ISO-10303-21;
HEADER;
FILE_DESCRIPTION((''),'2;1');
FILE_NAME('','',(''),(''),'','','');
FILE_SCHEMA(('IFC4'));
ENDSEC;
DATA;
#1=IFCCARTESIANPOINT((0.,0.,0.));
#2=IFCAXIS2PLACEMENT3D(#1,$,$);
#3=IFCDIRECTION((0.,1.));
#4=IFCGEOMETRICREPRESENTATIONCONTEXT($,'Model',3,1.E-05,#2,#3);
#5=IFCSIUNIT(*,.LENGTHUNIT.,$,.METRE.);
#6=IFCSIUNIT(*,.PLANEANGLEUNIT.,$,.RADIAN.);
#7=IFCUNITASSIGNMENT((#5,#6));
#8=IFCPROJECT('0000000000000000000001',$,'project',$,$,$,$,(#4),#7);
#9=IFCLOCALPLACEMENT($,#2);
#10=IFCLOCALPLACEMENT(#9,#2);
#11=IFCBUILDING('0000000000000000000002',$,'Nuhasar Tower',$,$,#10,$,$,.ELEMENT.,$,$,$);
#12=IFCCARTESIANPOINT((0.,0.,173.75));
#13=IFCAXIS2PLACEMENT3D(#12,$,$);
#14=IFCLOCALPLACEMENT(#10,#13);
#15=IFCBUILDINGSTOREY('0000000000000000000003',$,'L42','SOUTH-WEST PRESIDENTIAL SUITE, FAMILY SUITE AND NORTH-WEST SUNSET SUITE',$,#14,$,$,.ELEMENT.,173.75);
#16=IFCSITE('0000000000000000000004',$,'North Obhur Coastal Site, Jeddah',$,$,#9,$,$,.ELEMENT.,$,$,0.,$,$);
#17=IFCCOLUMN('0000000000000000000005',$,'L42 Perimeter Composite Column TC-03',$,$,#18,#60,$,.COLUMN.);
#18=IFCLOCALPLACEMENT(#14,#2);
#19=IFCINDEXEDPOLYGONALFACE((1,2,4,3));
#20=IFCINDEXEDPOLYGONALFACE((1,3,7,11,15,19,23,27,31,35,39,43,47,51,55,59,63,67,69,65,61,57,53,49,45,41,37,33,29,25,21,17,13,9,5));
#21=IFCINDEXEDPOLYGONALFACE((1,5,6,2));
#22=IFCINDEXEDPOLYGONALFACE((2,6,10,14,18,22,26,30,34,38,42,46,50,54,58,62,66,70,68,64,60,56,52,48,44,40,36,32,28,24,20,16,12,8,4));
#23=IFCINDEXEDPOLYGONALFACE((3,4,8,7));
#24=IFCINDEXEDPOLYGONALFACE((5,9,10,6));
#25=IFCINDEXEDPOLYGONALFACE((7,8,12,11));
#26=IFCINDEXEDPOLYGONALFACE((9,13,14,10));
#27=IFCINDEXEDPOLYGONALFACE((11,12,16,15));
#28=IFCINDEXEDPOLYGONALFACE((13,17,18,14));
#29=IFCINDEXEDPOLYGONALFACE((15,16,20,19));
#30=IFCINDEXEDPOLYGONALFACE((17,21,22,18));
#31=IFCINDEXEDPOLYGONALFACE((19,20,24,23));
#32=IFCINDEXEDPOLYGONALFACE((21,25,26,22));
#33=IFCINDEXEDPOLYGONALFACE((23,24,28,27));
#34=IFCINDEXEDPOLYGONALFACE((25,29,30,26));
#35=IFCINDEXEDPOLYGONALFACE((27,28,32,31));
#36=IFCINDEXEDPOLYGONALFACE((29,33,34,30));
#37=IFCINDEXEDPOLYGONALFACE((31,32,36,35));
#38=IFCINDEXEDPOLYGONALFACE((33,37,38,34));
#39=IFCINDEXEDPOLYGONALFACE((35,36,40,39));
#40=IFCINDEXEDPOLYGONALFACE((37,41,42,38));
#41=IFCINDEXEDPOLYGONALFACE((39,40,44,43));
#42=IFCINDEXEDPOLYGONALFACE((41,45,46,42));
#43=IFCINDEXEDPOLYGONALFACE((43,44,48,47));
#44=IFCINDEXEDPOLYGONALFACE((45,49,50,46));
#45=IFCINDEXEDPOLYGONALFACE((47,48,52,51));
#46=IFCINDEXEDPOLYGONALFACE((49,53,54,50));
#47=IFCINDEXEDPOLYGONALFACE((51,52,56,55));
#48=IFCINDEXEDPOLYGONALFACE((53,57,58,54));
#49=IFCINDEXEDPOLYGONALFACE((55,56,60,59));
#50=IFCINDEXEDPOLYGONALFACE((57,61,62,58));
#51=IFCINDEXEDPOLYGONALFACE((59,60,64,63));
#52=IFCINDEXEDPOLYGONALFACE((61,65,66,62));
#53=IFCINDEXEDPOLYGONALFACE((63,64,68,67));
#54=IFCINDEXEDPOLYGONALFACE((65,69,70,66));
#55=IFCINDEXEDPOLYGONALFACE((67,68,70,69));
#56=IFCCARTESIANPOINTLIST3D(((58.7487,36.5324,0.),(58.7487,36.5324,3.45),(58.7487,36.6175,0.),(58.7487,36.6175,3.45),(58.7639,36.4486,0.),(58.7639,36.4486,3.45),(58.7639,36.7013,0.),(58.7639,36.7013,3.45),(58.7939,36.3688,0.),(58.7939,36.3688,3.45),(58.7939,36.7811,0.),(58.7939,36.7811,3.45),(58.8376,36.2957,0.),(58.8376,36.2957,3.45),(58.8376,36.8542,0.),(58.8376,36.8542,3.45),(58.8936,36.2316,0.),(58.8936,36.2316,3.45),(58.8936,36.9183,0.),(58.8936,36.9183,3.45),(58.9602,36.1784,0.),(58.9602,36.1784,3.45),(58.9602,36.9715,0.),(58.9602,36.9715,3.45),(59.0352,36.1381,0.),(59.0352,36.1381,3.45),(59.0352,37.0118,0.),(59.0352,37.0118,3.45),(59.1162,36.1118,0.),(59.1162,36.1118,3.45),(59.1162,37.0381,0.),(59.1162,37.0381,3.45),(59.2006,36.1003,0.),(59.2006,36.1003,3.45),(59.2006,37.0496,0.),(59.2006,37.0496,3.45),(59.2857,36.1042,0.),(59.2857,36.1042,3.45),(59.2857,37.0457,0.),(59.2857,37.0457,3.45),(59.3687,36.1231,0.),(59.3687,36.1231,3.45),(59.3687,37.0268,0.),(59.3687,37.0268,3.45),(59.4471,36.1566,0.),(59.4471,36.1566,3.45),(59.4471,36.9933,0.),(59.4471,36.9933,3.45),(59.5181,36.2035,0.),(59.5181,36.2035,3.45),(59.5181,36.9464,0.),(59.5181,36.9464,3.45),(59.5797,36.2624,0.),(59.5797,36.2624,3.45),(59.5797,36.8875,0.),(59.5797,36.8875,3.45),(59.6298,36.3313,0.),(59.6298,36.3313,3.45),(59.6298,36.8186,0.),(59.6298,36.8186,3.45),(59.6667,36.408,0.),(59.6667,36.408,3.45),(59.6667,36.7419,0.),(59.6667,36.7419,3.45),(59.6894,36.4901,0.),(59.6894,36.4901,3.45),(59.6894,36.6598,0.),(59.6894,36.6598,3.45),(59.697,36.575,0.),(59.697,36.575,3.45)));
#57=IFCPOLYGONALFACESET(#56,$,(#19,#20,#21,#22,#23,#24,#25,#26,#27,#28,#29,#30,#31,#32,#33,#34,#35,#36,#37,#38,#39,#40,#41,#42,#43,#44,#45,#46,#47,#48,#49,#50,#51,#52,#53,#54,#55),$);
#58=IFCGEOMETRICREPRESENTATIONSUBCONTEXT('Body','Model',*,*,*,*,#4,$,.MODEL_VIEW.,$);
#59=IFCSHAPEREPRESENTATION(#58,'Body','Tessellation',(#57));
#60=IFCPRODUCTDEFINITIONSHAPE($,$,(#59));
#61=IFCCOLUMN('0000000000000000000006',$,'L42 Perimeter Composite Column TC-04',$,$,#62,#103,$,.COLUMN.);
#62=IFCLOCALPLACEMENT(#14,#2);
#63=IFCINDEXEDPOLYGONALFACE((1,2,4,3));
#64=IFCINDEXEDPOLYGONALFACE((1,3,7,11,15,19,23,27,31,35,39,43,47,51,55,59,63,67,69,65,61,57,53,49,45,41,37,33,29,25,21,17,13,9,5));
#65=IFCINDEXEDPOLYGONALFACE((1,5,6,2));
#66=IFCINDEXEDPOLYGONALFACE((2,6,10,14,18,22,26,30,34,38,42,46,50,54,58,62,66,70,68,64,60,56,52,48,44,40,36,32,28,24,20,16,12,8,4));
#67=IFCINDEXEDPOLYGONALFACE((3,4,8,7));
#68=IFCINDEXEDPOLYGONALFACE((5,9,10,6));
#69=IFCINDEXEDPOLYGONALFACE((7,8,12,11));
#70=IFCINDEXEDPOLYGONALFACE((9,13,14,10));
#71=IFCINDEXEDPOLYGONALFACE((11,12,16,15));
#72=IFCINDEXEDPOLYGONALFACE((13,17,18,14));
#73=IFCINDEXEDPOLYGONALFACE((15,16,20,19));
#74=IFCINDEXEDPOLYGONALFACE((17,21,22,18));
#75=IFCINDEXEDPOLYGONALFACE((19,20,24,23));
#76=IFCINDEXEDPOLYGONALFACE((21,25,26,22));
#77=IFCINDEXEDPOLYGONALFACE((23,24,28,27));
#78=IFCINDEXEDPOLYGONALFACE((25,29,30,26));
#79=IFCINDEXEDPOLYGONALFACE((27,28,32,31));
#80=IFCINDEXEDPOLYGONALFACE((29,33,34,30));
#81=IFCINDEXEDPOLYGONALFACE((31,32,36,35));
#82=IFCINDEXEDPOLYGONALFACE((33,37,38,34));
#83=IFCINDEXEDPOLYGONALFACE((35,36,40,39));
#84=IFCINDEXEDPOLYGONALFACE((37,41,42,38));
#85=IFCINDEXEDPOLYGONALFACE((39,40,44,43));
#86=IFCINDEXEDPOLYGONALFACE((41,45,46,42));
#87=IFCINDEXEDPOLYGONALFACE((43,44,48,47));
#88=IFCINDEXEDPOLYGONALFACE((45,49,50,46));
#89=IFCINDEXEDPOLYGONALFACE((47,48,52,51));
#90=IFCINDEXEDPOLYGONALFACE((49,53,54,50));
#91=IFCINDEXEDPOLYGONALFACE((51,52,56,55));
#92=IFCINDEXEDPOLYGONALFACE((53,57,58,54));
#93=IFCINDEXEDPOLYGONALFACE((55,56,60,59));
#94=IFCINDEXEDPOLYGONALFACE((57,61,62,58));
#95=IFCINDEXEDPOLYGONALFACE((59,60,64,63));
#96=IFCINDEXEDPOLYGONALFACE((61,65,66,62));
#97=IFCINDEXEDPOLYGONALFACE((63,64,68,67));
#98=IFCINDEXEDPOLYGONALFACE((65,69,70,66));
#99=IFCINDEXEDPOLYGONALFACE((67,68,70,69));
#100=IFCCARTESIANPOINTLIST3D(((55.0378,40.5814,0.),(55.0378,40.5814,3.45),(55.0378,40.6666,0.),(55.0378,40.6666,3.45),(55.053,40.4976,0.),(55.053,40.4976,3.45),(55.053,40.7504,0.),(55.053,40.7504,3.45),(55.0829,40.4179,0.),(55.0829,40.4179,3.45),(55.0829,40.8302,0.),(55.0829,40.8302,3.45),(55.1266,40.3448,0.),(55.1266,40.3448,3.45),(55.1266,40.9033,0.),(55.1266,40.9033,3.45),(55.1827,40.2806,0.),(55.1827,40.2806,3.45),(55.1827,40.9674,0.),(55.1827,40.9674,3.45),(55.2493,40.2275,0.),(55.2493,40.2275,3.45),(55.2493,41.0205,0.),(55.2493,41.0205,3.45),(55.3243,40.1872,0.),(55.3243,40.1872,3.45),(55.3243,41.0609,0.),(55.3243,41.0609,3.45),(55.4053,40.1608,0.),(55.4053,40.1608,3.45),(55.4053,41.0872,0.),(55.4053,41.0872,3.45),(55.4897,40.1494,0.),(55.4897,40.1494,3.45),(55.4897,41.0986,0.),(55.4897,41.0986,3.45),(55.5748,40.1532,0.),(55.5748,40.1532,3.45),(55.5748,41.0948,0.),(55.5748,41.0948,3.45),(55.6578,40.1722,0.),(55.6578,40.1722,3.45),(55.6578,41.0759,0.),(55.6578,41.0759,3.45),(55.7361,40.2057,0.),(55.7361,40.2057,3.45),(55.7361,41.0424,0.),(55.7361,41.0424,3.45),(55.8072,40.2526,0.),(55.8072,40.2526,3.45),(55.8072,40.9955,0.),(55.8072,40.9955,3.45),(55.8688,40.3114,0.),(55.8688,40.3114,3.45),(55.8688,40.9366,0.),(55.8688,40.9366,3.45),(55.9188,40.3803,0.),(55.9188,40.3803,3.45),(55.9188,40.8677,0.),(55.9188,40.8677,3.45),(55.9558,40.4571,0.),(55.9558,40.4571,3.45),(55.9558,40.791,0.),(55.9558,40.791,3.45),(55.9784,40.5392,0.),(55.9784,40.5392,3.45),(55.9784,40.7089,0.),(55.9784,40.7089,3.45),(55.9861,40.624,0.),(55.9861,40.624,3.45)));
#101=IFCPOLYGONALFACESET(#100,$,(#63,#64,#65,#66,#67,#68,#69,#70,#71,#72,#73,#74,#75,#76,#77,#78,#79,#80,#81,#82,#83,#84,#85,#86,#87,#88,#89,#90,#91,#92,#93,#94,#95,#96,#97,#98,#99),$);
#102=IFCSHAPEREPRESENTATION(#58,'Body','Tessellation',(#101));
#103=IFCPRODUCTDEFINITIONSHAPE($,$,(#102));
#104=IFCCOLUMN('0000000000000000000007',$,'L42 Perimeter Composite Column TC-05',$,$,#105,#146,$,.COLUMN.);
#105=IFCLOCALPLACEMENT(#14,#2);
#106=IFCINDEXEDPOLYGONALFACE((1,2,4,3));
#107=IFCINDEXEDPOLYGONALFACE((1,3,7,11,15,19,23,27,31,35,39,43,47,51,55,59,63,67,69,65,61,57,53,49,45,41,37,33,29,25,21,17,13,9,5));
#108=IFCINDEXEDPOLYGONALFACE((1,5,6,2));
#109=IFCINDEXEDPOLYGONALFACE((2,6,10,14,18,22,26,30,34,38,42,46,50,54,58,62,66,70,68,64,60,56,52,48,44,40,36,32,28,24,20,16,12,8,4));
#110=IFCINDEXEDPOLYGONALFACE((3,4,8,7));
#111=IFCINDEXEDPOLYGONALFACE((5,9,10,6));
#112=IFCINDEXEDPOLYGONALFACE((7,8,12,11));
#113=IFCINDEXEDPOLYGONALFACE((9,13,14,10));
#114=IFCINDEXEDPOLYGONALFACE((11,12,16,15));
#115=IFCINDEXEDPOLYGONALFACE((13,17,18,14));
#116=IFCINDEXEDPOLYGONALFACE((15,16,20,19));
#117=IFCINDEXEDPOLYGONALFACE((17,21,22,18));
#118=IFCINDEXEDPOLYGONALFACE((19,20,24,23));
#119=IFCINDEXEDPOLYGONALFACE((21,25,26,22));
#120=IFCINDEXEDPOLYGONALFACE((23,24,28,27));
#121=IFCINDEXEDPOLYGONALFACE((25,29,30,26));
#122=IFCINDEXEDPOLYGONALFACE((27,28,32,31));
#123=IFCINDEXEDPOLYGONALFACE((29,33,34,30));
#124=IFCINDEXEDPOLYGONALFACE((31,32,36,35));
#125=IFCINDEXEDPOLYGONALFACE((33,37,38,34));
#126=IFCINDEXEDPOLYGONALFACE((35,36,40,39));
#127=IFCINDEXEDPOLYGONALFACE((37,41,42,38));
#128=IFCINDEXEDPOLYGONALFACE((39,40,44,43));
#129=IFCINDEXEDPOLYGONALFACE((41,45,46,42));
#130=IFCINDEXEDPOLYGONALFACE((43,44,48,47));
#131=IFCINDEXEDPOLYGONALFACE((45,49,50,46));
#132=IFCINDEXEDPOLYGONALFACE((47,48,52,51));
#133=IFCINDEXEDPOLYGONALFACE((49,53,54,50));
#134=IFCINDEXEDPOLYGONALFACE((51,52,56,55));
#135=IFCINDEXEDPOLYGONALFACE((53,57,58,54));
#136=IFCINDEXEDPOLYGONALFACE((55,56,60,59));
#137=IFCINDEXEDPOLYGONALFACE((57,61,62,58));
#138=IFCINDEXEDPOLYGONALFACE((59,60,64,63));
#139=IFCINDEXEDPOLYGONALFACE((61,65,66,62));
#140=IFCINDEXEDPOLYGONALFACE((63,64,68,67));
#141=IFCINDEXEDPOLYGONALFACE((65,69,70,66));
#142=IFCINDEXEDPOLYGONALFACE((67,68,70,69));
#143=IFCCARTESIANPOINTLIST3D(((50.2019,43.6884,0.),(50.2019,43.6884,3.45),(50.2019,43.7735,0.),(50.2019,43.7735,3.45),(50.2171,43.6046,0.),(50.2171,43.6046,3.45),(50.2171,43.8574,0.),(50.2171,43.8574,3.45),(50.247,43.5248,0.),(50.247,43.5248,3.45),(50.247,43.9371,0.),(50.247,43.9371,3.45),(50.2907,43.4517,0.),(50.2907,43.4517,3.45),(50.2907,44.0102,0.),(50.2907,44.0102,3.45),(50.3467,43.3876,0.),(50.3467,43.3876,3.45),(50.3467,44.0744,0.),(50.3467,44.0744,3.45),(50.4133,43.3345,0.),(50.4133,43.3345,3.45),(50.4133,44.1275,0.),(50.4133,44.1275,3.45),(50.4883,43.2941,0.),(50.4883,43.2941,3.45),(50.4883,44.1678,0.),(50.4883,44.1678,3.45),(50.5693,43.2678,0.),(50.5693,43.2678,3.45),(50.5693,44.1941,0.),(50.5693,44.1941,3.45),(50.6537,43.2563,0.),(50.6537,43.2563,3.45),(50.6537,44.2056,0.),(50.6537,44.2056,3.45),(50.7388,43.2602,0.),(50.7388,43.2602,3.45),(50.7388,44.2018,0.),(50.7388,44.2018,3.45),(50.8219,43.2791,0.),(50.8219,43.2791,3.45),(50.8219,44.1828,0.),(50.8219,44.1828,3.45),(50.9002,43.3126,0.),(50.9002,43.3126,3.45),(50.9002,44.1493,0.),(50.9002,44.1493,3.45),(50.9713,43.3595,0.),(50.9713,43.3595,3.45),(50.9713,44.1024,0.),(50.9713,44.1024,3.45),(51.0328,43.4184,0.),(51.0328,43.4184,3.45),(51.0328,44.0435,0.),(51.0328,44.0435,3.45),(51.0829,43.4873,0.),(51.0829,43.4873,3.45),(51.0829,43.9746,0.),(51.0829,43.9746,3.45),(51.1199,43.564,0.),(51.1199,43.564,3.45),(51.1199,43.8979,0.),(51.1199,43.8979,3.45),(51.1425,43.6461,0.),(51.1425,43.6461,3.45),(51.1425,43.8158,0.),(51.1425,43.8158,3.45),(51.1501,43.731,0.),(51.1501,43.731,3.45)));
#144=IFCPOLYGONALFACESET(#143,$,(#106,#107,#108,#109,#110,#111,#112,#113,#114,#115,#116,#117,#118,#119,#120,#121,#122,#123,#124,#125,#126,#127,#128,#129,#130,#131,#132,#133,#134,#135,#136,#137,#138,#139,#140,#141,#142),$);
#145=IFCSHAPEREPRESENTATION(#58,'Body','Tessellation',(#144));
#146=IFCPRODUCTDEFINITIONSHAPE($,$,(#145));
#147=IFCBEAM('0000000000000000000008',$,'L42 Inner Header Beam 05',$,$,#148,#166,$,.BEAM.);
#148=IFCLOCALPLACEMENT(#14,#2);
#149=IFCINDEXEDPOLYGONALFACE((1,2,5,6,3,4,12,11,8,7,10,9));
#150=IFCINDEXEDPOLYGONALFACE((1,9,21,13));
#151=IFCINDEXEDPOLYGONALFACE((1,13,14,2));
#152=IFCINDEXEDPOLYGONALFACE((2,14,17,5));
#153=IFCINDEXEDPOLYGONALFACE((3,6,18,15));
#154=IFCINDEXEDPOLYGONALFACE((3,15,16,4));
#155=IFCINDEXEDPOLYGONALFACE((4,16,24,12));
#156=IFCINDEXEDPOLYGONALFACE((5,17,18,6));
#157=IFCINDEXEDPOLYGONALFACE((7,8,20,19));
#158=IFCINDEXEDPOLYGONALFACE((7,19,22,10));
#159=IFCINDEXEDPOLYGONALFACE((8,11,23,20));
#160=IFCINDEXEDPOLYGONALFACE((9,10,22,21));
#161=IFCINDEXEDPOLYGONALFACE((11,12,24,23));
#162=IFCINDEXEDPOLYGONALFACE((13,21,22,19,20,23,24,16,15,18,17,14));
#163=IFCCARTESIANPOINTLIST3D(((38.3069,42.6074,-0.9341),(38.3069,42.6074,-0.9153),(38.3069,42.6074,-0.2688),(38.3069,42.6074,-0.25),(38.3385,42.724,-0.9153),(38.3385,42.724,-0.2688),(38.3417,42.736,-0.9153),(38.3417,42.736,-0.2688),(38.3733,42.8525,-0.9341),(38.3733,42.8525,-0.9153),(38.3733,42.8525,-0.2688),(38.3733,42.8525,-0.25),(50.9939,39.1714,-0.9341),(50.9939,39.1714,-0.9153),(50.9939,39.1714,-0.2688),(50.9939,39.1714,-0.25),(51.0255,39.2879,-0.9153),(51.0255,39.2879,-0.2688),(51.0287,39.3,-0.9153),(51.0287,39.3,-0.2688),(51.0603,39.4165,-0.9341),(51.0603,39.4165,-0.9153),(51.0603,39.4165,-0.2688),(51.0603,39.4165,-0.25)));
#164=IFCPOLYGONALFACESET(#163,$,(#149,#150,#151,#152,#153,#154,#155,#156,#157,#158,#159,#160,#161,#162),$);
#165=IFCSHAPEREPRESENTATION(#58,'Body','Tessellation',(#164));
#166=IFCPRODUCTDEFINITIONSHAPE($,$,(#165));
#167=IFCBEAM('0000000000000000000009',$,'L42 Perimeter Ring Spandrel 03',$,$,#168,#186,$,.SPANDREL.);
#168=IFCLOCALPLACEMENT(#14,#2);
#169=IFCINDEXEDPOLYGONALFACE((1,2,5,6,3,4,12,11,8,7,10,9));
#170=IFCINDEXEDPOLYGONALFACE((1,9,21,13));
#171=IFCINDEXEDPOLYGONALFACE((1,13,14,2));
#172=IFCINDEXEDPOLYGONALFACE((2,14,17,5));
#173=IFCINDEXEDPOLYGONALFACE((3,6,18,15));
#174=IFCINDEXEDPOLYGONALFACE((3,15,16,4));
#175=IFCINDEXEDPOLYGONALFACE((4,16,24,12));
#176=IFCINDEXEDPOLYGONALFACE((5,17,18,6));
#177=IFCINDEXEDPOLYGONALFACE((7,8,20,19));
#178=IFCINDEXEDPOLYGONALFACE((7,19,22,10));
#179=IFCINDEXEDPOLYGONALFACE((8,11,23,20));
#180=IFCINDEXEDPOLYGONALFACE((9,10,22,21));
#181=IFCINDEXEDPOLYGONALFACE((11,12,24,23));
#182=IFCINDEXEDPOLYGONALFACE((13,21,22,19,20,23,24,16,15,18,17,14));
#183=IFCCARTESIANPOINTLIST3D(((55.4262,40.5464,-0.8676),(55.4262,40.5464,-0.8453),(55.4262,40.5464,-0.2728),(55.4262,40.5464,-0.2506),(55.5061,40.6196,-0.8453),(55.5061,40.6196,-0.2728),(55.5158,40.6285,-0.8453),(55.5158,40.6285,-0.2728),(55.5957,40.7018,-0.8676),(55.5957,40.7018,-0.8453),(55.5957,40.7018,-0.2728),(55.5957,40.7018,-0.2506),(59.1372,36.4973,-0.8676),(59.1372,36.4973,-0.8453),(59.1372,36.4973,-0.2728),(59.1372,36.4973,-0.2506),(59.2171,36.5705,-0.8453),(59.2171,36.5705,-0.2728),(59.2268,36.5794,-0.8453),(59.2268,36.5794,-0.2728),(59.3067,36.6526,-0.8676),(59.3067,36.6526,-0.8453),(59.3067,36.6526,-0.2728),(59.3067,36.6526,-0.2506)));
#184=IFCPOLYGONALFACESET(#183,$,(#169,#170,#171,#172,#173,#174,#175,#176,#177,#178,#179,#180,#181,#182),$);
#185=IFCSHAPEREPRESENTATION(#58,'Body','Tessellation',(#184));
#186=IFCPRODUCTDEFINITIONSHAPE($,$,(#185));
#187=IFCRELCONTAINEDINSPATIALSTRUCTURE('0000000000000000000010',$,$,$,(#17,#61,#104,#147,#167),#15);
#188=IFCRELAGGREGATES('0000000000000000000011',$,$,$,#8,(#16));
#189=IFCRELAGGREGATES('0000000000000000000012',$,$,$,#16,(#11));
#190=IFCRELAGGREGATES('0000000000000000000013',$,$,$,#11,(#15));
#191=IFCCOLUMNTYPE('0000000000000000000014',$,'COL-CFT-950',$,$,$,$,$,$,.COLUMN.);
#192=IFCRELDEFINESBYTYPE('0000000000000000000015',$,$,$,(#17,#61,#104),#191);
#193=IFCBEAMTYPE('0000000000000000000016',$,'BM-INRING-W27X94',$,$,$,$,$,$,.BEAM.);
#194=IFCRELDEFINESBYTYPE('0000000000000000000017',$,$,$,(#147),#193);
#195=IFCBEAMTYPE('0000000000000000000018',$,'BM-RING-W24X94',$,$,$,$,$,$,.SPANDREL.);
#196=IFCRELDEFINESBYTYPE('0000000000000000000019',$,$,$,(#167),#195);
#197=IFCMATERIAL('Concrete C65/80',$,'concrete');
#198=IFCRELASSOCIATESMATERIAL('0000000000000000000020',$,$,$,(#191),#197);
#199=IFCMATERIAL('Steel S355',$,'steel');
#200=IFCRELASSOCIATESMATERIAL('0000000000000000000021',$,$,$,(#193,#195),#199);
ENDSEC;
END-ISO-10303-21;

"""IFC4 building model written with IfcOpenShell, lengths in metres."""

from ifc_helpers import new_model, si_unit, direction, frame, origin, origin_2d, place, context, subcontext, project, spatial, circle, i_section, extrude, material, material_profile, profile_set, type_object, element, save


model = new_model("IFC4")

# Units and contexts
model_context = context("Model", 3, precision=1e-05, world=origin(), true_north=direction((0.0, 1.0)))
body_context = subcontext(model_context, "Body", "Model", "MODEL_VIEW")
ifc_project = project(units=[si_unit("LENGTHUNIT", "METRE"), si_unit("PLANEANGLEUNIT", "RADIAN")], contexts=[model_context])

# Site, building, storey
site_placement = place(None, origin())
site = spatial("IfcSite", under=ifc_project, at=site_placement, Name="North Obhur Coastal Site, Jeddah", CompositionType="ELEMENT", RefElevation=0.0)
building_placement = place(site_placement, origin())
building = spatial("IfcBuilding", under=site, at=building_placement, Name="Nuhasar Tower", CompositionType="ELEMENT")
storey_placement = place(building_placement, frame((0.0, 0.0, 173.75)))
storey = spatial("IfcBuildingStorey", under=building, at=storey_placement, Name="L42", Description="SOUTH-WEST PRESIDENTIAL SUITE, FAMILY SUITE AND NORTH-WEST SUNSET SUITE", CompositionType="ELEMENT", Elevation=173.75)

# Columns
ifc_material_1 = material(Name="Concrete C65/80", Category="concrete")
ifc_material_profile_1 = material_profile(ifc_material_1, circle(Radius=0.4751, at=origin_2d()), Name="CFT950")
ifc_profile_set_1 = profile_set([ifc_material_profile_1], Name="Concrete C65/80")
column_type = type_object("IfcColumnType", Name="COL-CFT-950", PredefinedType="COLUMN", material=ifc_profile_set_1)
for number, where, z_axis, x_axis, name in (
    (1, (59.2219, 36.575, 0.0), (0.0, 0.0, 1.0), (1.0, 0.0, 0.0), "L42 Perimeter Composite Column TC-03"),
    (2, (55.511, 40.624, 0.0), (0.0, 0.0, 1.0), (1.0, 0.0, 0.0), "L42 Perimeter Composite Column TC-04"),
    (3, (50.675, 43.731, 0.0), (0.0, 0.0, 1.0), (1.0, 0.0, 0.0), "L42 Perimeter Composite Column TC-05"),
):
    element("IfcColumn", number, at=place(storey_placement, frame(where, z_axis=z_axis, x_axis=x_axis)), inside=storey, type_object=column_type, Name=name, PredefinedType="COLUMN", context=body_context, shape_type="SweptSolid", body=[
        extrude(circle(Radius=0.4751, at=origin_2d()), origin(), (0.0, 0.0, 1.0), 3.45),
    ])

# Beams
ifc_material_2 = material(Name="Steel S355", Category="steel")
ifc_material_profile_2 = material_profile(ifc_material_2, i_section(OverallWidth=0.2539, OverallDepth=0.6841, WebThickness=0.0125, FlangeThickness=0.0188, at=origin_2d()), Name="W27X94")
ifc_profile_set_2 = profile_set([ifc_material_profile_2], Name="Steel S355")
beam_type_1 = type_object("IfcBeamType", Name="BM-INRING-W27X94", PredefinedType="BEAM", material=ifc_profile_set_2)
beam_1_placement = place(storey_placement, frame((51.0271, 39.2939, -0.592), z_axis=(-0.965227, 0.261413, 0.0), x_axis=(-0.261413, -0.965227, 0.0)))
element("IfcBeam", 4, at=beam_1_placement, inside=storey, type_object=beam_type_1, Name="L42 Inner Header Beam 05", PredefinedType="BEAM", context=body_context, shape_type="SweptSolid", body=[
    extrude(i_section(OverallWidth=0.2539, OverallDepth=0.6841, WebThickness=0.0125, FlangeThickness=0.0188, at=origin_2d()), origin(), (0.0, 0.0, 1.0), 13.144),
])
ifc_material_profile_3 = material_profile(ifc_material_2, i_section(OverallWidth=0.23, OverallDepth=0.6169, WebThickness=0.0132, FlangeThickness=0.0222, at=origin_2d()), Name="W24X94")
ifc_profile_set_3 = profile_set([ifc_material_profile_3], Name="Steel S355")
beam_type_2 = type_object("IfcBeamType", Name="BM-RING-W24X94", PredefinedType="SPANDREL", material=ifc_profile_set_3)
beam_2_placement = place(storey_placement, frame((59.2219, 36.575, -0.5591), z_axis=(-0.675654, 0.737219, 0.0), x_axis=(-0.737219, -0.675654, 0.0)))
element("IfcBeam", 5, at=beam_2_placement, inside=storey, type_object=beam_type_2, Name="L42 Perimeter Ring Spandrel 03", PredefinedType="SPANDREL", context=body_context, shape_type="SweptSolid", body=[
    extrude(i_section(OverallWidth=0.23, OverallDepth=0.6169, WebThickness=0.0132, FlangeThickness=0.0222, at=origin_2d()), origin(), (0.0, 0.0, 1.0), 5.4924),
])

save(model, "model.ifc")
